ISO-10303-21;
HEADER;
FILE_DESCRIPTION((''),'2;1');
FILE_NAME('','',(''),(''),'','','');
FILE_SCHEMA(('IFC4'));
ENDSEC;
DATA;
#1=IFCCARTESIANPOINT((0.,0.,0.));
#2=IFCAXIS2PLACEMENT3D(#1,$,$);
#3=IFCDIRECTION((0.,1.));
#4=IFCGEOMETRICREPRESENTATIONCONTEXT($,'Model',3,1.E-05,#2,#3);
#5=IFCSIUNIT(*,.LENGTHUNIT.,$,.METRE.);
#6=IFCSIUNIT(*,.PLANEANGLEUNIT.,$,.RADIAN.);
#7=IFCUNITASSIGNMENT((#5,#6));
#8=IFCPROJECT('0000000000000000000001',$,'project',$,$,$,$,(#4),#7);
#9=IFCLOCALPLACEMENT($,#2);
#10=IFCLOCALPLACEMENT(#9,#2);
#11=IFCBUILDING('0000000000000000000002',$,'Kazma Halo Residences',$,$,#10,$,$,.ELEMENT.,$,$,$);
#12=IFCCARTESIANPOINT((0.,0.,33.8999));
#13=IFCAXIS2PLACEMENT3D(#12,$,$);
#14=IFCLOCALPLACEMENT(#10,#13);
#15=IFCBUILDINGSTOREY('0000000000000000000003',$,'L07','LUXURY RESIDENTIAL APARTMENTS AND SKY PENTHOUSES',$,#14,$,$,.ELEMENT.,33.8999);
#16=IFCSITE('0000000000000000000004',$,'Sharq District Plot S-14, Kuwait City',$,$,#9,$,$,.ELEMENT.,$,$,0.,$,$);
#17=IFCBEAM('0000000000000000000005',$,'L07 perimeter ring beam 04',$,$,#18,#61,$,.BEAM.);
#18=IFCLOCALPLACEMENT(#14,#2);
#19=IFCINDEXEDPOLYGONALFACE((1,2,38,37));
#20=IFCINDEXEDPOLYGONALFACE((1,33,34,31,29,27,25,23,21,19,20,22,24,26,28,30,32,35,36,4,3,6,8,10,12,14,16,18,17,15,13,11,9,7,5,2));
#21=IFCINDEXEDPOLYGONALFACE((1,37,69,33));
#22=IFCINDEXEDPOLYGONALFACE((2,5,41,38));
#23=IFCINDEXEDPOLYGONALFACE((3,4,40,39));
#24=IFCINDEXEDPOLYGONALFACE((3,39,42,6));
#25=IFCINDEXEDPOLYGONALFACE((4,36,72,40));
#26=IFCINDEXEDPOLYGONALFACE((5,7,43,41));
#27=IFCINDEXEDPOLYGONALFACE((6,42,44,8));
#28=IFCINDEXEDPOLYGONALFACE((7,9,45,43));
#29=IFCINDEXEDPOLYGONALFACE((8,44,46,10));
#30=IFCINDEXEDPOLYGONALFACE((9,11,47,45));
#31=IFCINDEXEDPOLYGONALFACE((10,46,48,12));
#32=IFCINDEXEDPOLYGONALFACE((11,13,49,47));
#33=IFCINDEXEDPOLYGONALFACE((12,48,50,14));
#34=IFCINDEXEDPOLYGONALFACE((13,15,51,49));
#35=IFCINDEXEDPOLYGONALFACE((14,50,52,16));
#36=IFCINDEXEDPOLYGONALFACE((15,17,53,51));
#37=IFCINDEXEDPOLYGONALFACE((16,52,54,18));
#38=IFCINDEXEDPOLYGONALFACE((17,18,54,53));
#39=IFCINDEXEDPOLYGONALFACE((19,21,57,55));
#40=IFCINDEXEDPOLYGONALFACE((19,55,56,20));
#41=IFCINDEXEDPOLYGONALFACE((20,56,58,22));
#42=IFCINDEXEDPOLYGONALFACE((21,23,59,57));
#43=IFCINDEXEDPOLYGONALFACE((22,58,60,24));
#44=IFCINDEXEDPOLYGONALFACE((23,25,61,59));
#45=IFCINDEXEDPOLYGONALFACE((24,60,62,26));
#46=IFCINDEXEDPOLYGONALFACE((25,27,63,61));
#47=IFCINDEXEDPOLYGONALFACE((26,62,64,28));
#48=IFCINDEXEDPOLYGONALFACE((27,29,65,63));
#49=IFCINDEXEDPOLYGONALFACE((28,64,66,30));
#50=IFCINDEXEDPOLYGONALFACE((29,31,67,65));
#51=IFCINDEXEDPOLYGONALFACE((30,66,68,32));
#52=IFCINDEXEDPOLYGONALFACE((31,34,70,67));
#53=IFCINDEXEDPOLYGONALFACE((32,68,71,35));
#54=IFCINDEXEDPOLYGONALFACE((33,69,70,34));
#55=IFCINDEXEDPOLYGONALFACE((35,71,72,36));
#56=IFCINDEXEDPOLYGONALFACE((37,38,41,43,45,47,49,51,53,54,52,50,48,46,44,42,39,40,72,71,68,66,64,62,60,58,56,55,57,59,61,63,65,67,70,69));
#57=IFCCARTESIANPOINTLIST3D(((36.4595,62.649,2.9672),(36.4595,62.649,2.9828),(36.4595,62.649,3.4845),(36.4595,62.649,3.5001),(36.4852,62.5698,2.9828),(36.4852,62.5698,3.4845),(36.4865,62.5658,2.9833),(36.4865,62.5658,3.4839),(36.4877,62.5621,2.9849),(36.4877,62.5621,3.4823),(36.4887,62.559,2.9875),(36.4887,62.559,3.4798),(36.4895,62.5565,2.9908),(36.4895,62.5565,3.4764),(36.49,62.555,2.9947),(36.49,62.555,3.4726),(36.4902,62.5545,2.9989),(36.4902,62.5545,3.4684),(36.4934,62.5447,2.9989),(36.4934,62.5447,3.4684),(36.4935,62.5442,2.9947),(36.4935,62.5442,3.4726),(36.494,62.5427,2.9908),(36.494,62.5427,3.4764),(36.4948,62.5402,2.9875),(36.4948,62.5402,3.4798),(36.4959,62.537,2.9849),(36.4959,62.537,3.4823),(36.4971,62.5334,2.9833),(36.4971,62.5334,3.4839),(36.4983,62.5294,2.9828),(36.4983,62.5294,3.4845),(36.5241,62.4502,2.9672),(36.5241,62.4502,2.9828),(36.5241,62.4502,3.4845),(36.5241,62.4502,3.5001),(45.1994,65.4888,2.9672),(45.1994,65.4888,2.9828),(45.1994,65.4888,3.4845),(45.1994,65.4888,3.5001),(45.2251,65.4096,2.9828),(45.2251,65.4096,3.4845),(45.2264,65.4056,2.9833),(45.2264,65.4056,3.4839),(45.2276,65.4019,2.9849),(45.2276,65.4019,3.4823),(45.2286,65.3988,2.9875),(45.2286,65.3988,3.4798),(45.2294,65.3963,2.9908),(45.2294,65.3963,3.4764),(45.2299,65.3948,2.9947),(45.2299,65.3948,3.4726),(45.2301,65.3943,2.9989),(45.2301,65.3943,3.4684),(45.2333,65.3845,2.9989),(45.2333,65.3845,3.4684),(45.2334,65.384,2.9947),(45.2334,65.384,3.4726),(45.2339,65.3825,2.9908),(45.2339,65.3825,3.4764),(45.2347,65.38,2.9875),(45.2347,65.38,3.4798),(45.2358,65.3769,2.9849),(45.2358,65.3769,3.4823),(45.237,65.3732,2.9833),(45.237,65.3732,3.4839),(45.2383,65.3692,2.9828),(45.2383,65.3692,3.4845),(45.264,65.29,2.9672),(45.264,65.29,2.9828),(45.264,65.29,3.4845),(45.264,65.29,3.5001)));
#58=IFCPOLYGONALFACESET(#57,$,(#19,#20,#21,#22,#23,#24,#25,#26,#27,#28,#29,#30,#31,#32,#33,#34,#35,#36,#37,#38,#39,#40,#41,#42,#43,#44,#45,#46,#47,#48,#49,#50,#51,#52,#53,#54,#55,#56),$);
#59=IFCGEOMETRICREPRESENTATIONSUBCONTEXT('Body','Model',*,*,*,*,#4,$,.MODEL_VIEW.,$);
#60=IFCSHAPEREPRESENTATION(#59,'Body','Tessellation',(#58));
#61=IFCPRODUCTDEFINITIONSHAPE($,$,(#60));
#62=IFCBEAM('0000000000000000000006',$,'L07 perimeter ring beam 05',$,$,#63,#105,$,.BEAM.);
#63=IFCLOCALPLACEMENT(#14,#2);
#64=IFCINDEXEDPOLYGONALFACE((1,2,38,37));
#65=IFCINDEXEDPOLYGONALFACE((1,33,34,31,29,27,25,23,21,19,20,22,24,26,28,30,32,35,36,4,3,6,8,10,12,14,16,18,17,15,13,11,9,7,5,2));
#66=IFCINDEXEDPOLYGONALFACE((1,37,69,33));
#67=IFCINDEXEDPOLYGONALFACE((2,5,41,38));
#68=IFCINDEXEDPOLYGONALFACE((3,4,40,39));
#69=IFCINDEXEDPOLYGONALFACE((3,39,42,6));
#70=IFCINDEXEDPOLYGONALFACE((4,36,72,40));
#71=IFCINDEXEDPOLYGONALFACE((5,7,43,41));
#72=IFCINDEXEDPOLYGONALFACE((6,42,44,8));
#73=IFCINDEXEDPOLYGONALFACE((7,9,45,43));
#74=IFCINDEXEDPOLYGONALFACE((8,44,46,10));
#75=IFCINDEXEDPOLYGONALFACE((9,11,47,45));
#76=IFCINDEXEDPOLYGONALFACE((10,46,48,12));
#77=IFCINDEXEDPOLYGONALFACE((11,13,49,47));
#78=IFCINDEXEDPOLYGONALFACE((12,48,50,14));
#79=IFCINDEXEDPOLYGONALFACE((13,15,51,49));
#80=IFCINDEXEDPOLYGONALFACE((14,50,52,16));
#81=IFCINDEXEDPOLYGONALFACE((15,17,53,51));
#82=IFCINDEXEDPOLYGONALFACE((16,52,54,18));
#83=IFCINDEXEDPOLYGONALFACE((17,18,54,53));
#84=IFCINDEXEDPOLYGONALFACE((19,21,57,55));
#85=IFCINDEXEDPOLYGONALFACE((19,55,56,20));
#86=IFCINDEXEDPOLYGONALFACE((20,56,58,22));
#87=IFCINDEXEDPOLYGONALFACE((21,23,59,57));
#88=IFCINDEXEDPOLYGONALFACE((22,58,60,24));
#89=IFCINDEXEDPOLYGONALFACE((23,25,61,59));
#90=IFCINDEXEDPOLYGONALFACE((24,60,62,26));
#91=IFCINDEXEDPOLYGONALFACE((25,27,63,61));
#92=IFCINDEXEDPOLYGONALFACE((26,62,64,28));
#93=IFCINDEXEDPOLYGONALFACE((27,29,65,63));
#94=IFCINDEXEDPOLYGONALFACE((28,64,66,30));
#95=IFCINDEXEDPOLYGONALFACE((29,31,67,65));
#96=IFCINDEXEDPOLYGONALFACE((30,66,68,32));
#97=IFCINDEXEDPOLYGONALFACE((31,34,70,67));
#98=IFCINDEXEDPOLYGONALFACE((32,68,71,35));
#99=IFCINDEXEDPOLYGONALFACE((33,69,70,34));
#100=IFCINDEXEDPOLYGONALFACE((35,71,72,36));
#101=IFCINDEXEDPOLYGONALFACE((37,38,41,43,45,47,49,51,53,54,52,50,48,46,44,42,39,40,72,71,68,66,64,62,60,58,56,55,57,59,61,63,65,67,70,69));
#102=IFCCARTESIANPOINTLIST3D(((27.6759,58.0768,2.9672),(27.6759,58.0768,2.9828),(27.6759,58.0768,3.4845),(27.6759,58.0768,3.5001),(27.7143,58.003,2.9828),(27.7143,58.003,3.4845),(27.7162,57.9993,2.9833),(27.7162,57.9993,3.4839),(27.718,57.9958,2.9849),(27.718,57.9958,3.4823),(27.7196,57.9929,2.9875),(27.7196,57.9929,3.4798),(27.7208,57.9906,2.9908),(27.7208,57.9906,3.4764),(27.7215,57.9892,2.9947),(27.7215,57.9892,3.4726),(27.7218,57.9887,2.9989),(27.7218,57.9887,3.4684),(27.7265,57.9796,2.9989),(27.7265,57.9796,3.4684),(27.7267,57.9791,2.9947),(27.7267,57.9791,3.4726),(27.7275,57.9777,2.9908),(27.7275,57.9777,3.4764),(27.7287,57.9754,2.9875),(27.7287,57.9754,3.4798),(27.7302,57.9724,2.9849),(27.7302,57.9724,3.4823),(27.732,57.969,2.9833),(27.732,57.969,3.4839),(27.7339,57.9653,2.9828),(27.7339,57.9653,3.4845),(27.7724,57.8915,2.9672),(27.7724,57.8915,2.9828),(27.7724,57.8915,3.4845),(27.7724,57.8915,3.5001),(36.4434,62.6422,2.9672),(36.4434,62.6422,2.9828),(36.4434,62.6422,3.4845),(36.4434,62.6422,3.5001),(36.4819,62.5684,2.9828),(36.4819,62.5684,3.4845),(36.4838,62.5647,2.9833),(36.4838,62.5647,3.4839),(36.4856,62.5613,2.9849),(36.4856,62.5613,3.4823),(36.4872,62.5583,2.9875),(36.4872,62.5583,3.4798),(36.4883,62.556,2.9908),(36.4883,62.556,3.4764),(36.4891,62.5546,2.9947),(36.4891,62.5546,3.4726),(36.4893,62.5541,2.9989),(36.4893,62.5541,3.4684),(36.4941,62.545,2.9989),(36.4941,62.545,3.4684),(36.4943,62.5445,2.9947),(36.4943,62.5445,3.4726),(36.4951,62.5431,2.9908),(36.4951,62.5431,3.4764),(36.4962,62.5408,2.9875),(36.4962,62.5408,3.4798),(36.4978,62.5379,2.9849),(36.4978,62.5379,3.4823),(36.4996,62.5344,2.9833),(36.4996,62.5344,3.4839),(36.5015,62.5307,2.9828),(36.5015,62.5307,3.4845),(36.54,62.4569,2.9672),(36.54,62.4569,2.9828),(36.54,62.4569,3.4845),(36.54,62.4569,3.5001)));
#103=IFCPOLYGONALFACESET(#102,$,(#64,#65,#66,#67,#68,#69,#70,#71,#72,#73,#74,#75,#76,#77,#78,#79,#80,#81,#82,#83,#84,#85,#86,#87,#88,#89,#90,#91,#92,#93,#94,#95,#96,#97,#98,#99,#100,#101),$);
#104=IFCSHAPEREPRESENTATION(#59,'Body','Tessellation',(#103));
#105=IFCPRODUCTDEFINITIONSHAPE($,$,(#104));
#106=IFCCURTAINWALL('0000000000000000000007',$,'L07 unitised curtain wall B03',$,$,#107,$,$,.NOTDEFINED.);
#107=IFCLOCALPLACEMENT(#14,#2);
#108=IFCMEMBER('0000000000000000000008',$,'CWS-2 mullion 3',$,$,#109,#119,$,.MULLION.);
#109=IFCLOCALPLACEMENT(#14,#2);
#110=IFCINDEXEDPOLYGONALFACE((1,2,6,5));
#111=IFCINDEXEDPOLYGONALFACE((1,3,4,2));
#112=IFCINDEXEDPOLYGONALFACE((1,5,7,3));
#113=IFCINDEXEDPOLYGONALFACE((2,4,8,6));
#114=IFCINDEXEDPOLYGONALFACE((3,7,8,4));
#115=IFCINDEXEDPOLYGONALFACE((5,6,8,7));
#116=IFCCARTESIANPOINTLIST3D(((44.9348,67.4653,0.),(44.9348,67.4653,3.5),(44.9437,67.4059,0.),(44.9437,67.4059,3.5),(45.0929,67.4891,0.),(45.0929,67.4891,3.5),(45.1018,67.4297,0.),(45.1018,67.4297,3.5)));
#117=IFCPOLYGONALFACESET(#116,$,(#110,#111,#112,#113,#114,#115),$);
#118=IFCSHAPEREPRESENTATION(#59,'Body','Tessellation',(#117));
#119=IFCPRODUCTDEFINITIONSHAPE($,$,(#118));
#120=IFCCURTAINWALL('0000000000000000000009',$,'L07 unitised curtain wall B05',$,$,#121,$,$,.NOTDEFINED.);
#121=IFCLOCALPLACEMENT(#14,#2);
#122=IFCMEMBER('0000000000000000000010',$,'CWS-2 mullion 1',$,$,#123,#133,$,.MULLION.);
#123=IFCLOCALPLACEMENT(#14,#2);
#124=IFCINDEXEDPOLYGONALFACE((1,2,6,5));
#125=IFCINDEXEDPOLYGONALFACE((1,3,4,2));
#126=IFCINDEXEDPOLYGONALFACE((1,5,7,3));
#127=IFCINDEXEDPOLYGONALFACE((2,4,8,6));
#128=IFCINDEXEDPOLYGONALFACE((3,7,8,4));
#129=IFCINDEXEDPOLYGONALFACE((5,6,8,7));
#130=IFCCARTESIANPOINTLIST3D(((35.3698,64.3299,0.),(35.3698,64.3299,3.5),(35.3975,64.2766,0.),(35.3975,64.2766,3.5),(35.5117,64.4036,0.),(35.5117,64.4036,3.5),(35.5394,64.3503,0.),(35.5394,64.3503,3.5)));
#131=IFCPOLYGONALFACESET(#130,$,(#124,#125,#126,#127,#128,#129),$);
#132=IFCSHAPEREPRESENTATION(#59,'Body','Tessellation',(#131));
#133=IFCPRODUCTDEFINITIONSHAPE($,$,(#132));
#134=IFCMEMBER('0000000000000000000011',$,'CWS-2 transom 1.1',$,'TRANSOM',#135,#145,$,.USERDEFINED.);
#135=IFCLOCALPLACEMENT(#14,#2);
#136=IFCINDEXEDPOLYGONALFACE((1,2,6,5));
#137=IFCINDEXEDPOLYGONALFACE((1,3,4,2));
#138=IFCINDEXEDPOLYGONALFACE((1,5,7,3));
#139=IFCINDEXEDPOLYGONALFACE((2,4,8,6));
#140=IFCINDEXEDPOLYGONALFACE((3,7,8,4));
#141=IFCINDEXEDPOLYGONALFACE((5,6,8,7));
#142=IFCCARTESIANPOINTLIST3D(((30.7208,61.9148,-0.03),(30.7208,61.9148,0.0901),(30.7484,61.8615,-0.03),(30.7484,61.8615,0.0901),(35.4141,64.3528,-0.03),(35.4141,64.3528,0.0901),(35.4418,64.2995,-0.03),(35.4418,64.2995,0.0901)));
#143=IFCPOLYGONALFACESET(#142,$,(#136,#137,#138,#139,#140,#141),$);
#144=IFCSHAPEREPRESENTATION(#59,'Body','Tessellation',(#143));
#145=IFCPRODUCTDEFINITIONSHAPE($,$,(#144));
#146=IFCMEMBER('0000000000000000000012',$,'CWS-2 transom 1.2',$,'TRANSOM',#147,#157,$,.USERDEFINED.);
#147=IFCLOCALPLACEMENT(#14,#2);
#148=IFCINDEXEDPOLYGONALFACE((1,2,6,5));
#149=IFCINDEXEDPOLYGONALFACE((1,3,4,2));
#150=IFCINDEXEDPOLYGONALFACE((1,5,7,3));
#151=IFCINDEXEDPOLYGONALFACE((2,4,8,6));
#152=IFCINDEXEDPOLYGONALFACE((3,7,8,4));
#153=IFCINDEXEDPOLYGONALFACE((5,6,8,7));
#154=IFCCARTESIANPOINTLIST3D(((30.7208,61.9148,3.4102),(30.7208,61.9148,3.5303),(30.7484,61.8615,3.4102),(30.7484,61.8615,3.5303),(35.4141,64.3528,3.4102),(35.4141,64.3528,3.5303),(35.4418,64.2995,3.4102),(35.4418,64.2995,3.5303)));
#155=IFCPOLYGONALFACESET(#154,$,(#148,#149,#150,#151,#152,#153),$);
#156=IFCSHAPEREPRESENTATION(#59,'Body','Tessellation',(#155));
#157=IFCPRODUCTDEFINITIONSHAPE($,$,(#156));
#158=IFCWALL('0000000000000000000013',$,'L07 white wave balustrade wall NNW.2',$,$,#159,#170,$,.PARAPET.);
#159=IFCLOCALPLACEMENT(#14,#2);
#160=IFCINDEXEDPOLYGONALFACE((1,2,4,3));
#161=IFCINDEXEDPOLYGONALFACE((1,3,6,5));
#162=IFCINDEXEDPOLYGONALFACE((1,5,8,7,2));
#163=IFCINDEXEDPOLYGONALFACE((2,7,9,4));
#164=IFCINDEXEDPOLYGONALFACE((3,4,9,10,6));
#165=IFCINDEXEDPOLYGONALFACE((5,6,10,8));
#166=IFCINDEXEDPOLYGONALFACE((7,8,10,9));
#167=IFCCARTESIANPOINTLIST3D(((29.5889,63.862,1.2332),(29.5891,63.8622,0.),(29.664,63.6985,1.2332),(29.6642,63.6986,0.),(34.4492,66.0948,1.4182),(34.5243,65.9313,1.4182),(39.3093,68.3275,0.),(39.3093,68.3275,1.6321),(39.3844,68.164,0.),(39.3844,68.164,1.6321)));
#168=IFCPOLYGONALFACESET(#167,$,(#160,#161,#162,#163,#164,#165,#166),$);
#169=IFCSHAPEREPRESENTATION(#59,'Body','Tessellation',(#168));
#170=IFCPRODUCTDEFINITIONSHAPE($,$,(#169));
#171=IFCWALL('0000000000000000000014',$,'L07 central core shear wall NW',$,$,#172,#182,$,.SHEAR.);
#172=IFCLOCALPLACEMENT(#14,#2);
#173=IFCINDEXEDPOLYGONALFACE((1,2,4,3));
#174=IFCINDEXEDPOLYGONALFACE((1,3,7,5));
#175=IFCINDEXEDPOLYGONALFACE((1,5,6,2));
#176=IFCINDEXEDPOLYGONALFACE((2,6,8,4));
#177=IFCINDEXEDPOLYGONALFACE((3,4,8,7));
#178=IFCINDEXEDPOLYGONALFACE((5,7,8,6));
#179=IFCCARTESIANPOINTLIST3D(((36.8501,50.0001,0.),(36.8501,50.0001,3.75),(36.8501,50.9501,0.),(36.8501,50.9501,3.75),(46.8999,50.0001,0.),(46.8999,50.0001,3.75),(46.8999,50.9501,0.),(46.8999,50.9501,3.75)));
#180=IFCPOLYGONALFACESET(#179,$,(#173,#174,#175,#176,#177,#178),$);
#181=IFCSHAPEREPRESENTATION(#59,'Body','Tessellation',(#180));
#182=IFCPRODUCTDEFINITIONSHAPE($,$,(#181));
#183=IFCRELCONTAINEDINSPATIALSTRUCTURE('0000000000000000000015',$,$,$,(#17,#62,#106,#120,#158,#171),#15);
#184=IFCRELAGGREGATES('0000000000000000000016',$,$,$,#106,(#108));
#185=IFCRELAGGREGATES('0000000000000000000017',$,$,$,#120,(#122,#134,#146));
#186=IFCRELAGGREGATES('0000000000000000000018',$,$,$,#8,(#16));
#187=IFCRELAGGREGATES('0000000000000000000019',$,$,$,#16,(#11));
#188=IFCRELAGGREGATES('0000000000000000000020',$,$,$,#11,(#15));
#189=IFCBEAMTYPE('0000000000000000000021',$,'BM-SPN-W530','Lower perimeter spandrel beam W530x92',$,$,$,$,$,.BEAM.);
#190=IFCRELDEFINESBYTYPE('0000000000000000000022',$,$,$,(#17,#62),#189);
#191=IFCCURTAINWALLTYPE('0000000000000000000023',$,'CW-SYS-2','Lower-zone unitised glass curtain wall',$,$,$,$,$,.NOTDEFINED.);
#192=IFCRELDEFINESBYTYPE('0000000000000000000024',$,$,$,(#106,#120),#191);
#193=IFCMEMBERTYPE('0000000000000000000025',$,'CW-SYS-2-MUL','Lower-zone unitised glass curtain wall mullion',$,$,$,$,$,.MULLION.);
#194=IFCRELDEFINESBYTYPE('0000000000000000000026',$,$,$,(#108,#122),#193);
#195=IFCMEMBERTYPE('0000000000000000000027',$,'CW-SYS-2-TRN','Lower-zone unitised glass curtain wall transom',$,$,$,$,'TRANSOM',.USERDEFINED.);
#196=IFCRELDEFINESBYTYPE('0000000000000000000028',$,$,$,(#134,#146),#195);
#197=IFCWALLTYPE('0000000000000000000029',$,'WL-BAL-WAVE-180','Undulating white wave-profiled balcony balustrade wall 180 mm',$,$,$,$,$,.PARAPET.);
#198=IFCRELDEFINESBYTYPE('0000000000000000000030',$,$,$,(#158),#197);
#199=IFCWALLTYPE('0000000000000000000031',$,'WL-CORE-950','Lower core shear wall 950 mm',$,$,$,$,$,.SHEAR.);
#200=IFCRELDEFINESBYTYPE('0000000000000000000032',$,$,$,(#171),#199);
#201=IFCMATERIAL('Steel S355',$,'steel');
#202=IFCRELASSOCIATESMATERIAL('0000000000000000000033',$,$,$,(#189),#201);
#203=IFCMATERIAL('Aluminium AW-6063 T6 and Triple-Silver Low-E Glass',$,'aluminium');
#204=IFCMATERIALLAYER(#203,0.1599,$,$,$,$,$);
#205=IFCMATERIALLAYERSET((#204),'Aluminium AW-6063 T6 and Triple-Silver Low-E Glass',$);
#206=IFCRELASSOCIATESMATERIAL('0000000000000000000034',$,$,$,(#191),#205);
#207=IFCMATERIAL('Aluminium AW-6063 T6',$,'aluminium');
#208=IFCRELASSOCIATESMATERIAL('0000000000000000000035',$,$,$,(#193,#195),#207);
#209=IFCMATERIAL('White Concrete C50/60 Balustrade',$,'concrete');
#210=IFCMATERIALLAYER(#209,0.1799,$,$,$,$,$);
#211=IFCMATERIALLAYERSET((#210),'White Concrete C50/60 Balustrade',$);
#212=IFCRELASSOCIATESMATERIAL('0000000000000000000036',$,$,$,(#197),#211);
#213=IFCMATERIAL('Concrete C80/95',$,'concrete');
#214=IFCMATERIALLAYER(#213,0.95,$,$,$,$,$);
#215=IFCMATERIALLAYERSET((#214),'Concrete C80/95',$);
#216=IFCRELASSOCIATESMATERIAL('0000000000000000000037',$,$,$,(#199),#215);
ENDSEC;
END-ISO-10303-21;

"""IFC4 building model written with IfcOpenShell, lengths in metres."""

from ifc_helpers import new_model, si_unit, direction, frame, frame_2d, origin, origin_2d, place, context, subcontext, project, spatial, polyline, rectangle, i_section, outline, extrude, material, layer, layer_set, material_profile, profile_set, type_object, element, aggregate, save


model = new_model("IFC4")

# Units and contexts
model_context = context("Model", 3, precision=1e-05, world=origin(), true_north=direction((0.0, 1.0)))
body_context = subcontext(model_context, "Body", "Model", "MODEL_VIEW")
ifc_project = project(units=[si_unit("LENGTHUNIT", "METRE"), si_unit("PLANEANGLEUNIT", "RADIAN")], contexts=[model_context])

# Site, building, storey
site_placement = place(None, origin())
site = spatial("IfcSite", under=ifc_project, at=site_placement, Name="Sharq District Plot S-14, Kuwait City", CompositionType="ELEMENT", RefElevation=0.0)
building_placement = place(site_placement, origin())
building = spatial("IfcBuilding", under=site, at=building_placement, Name="Kazma Halo Residences", CompositionType="ELEMENT")
storey_placement = place(building_placement, frame((0.0, 0.0, 33.8999)))
storey = spatial("IfcBuildingStorey", under=building, at=storey_placement, Name="L07", Description="LUXURY RESIDENTIAL APARTMENTS AND SKY PENTHOUSES", CompositionType="ELEMENT", Elevation=33.8999)

# Shared definitions
ifc_material_1 = material(Name="Concrete C80/95", Category="concrete")

# Beams
ifc_material_2 = material(Name="Steel S355", Category="steel")
ifc_material_profile_1 = material_profile(ifc_material_2, i_section(OverallWidth=0.209, OverallDepth=0.533, WebThickness=0.0103, FlangeThickness=0.0156, FilletRadius=0.0161, at=origin_2d()), Name="W530x92")
ifc_profile_set_1 = profile_set([ifc_material_profile_1], Name="Steel S355")
beam_type_1 = type_object("IfcBeamType", Name="BM-SPN-W530", Description="Lower perimeter spandrel beam W530x92", PredefinedType="BEAM", material=ifc_profile_set_1)
beam_1_placement = place(storey_placement, frame((45.2317, 65.3894, 3.2336), z_axis=(-0.951055, -0.309022, 0.0), x_axis=(0.309022, -0.951055, 0.0)))
element("IfcBeam", 1, at=beam_1_placement, inside=storey, type_object=beam_type_1, Name="L07 perimeter ring beam 04", PredefinedType="BEAM", context=body_context, shape_type="SweptSolid", body=[
    extrude(i_section(OverallWidth=0.209, OverallDepth=0.533, WebThickness=0.0103, FlangeThickness=0.0156, FilletRadius=0.0161, at=origin_2d()), origin(), (0.0, 0.0, 1.0), 9.1897),
])
beam_2_placement = place(storey_placement, frame((36.4917, 62.5496, 3.2336), z_axis=(-0.886956, -0.461853, 0.0), x_axis=(0.461853, -0.886956, 0.0)))
element("IfcBeam", 2, at=beam_2_placement, inside=storey, type_object=beam_type_1, Name="L07 perimeter ring beam 05", PredefinedType="BEAM", context=body_context, shape_type="SweptSolid", body=[
    extrude(i_section(OverallWidth=0.209, OverallDepth=0.533, WebThickness=0.0103, FlangeThickness=0.0156, FilletRadius=0.0161, at=origin_2d()), origin(), (0.0, 0.0, 1.0), 9.885),
])

# Curtain wall, member
ifc_material_3 = material(Name="Aluminium AW-6063 T6 and Triple-Silver Low-E Glass", Category="aluminium")
ifc_layer_1 = layer(ifc_material_3, 0.1599)
ifc_layer_set_1 = layer_set([ifc_layer_1], Name="Aluminium AW-6063 T6 and Triple-Silver Low-E Glass")
curtain_wall_type = type_object("IfcCurtainWallType", Name="CW-SYS-2", Description="Lower-zone unitised glass curtain wall", PredefinedType="NOTDEFINED", material=ifc_layer_set_1)
curtain_wall_1_placement = place(storey_placement, origin())
curtain_wall_1 = element("IfcCurtainWall", 3, at=curtain_wall_1_placement, inside=storey, type_object=curtain_wall_type, Name="L07 unitised curtain wall B03", PredefinedType="NOTDEFINED")
ifc_material_4 = material(Name="Aluminium AW-6063 T6", Category="aluminium")
ifc_material_profile_2 = material_profile(ifc_material_4, rectangle(XDim=0.0601, YDim=0.1599, at=origin_2d()), Name="CWM-60x160")
ifc_profile_set_2 = profile_set([ifc_material_profile_2], Name="Aluminium AW-6063 T6")
member_type_1 = type_object("IfcMemberType", Name="CW-SYS-2-MUL", Description="Lower-zone unitised glass curtain wall mullion", PredefinedType="MULLION", material=ifc_profile_set_2)
member_1_placement = place(storey_placement, frame((45.0183, 67.4475, 0.0), z_axis=(0.0, 0.0, 1.0), x_axis=(0.148657, -0.988889, 0.0)))
member_1 = element("IfcMember", 4, at=member_1_placement, type_object=member_type_1, Name="CWS-2 mullion 3", PredefinedType="MULLION", context=body_context, shape_type="SweptSolid", body=[
    extrude(rectangle(XDim=0.0601, YDim=0.1599, at=origin_2d()), origin(), (0.0, 0.0, 1.0), 3.5),
])
aggregate(curtain_wall_1, [member_1])

# Curtain wall, members
curtain_wall_2_placement = place(storey_placement, origin())
curtain_wall_2 = element("IfcCurtainWall", 5, at=curtain_wall_2_placement, inside=storey, type_object=curtain_wall_type, Name="L07 unitised curtain wall B05", PredefinedType="NOTDEFINED")
member_2_placement = place(storey_placement, frame((35.4546, 64.3401, 0.0), z_axis=(0.0, 0.0, 1.0), x_axis=(0.460996, -0.887402, 0.0)))
member_2 = element("IfcMember", 6, at=member_2_placement, type_object=member_type_1, Name="CWS-2 mullion 1", PredefinedType="MULLION", context=body_context, shape_type="SweptSolid", body=[
    extrude(rectangle(XDim=0.0601, YDim=0.1599, at=origin_2d()), origin(), (0.0, 0.0, 1.0), 3.5),
])
ifc_material_profile_3 = material_profile(ifc_material_4, rectangle(XDim=0.0601, YDim=0.1201, at=origin_2d()), Name="CWT-60x120")
ifc_profile_set_3 = profile_set([ifc_material_profile_3], Name="Aluminium AW-6063 T6")
member_type_2 = type_object("IfcMemberType", Name="CW-SYS-2-TRN", Description="Lower-zone unitised glass curtain wall transom", ElementType="TRANSOM", PredefinedType="USERDEFINED", material=ifc_profile_set_3)
member_3_placement = place(storey_placement, frame((35.428, 64.3262, 0.03), z_axis=(-0.887415, -0.460972, 0.0), x_axis=(0.460972, -0.887415, 0.0)))
member_3 = element("IfcMember", 7, at=member_3_placement, type_object=member_type_2, Name="CWS-2 transom 1.1", ObjectType="TRANSOM", PredefinedType="USERDEFINED", context=body_context, shape_type="SweptSolid", body=[
    extrude(rectangle(XDim=0.0601, YDim=0.1201, at=origin_2d()), origin(), (0.0, 0.0, 1.0), 5.2888),
])
member_4_placement = place(storey_placement, frame((35.428, 64.3262, 3.4702), z_axis=(-0.887415, -0.460972, 0.0), x_axis=(0.460972, -0.887415, 0.0)))
member_4 = element("IfcMember", 8, at=member_4_placement, type_object=member_type_2, Name="CWS-2 transom 1.2", ObjectType="TRANSOM", PredefinedType="USERDEFINED", context=body_context, shape_type="SweptSolid", body=[
    extrude(rectangle(XDim=0.0601, YDim=0.1201, at=origin_2d()), origin(), (0.0, 0.0, 1.0), 5.2888),
])
aggregate(curtain_wall_2, [member_2, member_3, member_4])

# Walls
ifc_material_5 = material(Name="White Concrete C50/60 Balustrade", Category="concrete")
ifc_layer_2 = layer(ifc_material_5, 0.1799)
ifc_layer_set_2 = layer_set([ifc_layer_2], Name="White Concrete C50/60 Balustrade")
wall_type_1 = type_object("IfcWallType", Name="WL-BAL-WAVE-180", Description="Undulating white wave-profiled balcony balustrade wall 180 mm", PredefinedType="PARAPET", material=ifc_layer_set_2)
wall_1_placement = place(storey_placement, frame((39.3469, 68.2456, 0.0), z_axis=(0.0, 0.0, 1.0), x_axis=(-0.908702, -0.417445, 0.0)))
element("IfcWall", 9, at=wall_1_placement, inside=storey, type_object=wall_type_1, Name="L07 white wave balustrade wall NNW.2", PredefinedType="PARAPET", context=body_context, shape_type="SweptSolid", body=[
    extrude(outline(polyline([(0.0, 0.0), (10.6968, 0.0), (10.697, 1.2332), (5.3484, 1.4182), (0.0, 1.6321), (0.0, 0.0)])), frame((0.0, 0.0898, 0.0), z_axis=(0.0, -1.0, 0.0), x_axis=(1.0, 0.0, 0.0)), (0.0, 0.0, 1.0), 0.1799),
])
ifc_layer_3 = layer(ifc_material_1, 0.95)
ifc_layer_set_3 = layer_set([ifc_layer_3], Name="Concrete C80/95")
wall_type_2 = type_object("IfcWallType", Name="WL-CORE-950", Description="Lower core shear wall 950 mm", PredefinedType="SHEAR", material=ifc_layer_set_3)
wall_2_placement = place(storey_placement, frame((36.8501, 50.4751, 0.0), z_axis=(0.0, 0.0, 1.0), x_axis=(1.0, 0.0, 0.0)))
element("IfcWall", 10, at=wall_2_placement, inside=storey, type_object=wall_type_2, Name="L07 central core shear wall NW", PredefinedType="SHEAR", context=body_context, shape_type="SweptSolid", body=[
    extrude(rectangle(XDim=10.0498, YDim=0.95, at=frame_2d((5.0249, 0.0))), origin(), (0.0, 0.0, 1.0), 3.75),
])

save(model, "model.ifc")
